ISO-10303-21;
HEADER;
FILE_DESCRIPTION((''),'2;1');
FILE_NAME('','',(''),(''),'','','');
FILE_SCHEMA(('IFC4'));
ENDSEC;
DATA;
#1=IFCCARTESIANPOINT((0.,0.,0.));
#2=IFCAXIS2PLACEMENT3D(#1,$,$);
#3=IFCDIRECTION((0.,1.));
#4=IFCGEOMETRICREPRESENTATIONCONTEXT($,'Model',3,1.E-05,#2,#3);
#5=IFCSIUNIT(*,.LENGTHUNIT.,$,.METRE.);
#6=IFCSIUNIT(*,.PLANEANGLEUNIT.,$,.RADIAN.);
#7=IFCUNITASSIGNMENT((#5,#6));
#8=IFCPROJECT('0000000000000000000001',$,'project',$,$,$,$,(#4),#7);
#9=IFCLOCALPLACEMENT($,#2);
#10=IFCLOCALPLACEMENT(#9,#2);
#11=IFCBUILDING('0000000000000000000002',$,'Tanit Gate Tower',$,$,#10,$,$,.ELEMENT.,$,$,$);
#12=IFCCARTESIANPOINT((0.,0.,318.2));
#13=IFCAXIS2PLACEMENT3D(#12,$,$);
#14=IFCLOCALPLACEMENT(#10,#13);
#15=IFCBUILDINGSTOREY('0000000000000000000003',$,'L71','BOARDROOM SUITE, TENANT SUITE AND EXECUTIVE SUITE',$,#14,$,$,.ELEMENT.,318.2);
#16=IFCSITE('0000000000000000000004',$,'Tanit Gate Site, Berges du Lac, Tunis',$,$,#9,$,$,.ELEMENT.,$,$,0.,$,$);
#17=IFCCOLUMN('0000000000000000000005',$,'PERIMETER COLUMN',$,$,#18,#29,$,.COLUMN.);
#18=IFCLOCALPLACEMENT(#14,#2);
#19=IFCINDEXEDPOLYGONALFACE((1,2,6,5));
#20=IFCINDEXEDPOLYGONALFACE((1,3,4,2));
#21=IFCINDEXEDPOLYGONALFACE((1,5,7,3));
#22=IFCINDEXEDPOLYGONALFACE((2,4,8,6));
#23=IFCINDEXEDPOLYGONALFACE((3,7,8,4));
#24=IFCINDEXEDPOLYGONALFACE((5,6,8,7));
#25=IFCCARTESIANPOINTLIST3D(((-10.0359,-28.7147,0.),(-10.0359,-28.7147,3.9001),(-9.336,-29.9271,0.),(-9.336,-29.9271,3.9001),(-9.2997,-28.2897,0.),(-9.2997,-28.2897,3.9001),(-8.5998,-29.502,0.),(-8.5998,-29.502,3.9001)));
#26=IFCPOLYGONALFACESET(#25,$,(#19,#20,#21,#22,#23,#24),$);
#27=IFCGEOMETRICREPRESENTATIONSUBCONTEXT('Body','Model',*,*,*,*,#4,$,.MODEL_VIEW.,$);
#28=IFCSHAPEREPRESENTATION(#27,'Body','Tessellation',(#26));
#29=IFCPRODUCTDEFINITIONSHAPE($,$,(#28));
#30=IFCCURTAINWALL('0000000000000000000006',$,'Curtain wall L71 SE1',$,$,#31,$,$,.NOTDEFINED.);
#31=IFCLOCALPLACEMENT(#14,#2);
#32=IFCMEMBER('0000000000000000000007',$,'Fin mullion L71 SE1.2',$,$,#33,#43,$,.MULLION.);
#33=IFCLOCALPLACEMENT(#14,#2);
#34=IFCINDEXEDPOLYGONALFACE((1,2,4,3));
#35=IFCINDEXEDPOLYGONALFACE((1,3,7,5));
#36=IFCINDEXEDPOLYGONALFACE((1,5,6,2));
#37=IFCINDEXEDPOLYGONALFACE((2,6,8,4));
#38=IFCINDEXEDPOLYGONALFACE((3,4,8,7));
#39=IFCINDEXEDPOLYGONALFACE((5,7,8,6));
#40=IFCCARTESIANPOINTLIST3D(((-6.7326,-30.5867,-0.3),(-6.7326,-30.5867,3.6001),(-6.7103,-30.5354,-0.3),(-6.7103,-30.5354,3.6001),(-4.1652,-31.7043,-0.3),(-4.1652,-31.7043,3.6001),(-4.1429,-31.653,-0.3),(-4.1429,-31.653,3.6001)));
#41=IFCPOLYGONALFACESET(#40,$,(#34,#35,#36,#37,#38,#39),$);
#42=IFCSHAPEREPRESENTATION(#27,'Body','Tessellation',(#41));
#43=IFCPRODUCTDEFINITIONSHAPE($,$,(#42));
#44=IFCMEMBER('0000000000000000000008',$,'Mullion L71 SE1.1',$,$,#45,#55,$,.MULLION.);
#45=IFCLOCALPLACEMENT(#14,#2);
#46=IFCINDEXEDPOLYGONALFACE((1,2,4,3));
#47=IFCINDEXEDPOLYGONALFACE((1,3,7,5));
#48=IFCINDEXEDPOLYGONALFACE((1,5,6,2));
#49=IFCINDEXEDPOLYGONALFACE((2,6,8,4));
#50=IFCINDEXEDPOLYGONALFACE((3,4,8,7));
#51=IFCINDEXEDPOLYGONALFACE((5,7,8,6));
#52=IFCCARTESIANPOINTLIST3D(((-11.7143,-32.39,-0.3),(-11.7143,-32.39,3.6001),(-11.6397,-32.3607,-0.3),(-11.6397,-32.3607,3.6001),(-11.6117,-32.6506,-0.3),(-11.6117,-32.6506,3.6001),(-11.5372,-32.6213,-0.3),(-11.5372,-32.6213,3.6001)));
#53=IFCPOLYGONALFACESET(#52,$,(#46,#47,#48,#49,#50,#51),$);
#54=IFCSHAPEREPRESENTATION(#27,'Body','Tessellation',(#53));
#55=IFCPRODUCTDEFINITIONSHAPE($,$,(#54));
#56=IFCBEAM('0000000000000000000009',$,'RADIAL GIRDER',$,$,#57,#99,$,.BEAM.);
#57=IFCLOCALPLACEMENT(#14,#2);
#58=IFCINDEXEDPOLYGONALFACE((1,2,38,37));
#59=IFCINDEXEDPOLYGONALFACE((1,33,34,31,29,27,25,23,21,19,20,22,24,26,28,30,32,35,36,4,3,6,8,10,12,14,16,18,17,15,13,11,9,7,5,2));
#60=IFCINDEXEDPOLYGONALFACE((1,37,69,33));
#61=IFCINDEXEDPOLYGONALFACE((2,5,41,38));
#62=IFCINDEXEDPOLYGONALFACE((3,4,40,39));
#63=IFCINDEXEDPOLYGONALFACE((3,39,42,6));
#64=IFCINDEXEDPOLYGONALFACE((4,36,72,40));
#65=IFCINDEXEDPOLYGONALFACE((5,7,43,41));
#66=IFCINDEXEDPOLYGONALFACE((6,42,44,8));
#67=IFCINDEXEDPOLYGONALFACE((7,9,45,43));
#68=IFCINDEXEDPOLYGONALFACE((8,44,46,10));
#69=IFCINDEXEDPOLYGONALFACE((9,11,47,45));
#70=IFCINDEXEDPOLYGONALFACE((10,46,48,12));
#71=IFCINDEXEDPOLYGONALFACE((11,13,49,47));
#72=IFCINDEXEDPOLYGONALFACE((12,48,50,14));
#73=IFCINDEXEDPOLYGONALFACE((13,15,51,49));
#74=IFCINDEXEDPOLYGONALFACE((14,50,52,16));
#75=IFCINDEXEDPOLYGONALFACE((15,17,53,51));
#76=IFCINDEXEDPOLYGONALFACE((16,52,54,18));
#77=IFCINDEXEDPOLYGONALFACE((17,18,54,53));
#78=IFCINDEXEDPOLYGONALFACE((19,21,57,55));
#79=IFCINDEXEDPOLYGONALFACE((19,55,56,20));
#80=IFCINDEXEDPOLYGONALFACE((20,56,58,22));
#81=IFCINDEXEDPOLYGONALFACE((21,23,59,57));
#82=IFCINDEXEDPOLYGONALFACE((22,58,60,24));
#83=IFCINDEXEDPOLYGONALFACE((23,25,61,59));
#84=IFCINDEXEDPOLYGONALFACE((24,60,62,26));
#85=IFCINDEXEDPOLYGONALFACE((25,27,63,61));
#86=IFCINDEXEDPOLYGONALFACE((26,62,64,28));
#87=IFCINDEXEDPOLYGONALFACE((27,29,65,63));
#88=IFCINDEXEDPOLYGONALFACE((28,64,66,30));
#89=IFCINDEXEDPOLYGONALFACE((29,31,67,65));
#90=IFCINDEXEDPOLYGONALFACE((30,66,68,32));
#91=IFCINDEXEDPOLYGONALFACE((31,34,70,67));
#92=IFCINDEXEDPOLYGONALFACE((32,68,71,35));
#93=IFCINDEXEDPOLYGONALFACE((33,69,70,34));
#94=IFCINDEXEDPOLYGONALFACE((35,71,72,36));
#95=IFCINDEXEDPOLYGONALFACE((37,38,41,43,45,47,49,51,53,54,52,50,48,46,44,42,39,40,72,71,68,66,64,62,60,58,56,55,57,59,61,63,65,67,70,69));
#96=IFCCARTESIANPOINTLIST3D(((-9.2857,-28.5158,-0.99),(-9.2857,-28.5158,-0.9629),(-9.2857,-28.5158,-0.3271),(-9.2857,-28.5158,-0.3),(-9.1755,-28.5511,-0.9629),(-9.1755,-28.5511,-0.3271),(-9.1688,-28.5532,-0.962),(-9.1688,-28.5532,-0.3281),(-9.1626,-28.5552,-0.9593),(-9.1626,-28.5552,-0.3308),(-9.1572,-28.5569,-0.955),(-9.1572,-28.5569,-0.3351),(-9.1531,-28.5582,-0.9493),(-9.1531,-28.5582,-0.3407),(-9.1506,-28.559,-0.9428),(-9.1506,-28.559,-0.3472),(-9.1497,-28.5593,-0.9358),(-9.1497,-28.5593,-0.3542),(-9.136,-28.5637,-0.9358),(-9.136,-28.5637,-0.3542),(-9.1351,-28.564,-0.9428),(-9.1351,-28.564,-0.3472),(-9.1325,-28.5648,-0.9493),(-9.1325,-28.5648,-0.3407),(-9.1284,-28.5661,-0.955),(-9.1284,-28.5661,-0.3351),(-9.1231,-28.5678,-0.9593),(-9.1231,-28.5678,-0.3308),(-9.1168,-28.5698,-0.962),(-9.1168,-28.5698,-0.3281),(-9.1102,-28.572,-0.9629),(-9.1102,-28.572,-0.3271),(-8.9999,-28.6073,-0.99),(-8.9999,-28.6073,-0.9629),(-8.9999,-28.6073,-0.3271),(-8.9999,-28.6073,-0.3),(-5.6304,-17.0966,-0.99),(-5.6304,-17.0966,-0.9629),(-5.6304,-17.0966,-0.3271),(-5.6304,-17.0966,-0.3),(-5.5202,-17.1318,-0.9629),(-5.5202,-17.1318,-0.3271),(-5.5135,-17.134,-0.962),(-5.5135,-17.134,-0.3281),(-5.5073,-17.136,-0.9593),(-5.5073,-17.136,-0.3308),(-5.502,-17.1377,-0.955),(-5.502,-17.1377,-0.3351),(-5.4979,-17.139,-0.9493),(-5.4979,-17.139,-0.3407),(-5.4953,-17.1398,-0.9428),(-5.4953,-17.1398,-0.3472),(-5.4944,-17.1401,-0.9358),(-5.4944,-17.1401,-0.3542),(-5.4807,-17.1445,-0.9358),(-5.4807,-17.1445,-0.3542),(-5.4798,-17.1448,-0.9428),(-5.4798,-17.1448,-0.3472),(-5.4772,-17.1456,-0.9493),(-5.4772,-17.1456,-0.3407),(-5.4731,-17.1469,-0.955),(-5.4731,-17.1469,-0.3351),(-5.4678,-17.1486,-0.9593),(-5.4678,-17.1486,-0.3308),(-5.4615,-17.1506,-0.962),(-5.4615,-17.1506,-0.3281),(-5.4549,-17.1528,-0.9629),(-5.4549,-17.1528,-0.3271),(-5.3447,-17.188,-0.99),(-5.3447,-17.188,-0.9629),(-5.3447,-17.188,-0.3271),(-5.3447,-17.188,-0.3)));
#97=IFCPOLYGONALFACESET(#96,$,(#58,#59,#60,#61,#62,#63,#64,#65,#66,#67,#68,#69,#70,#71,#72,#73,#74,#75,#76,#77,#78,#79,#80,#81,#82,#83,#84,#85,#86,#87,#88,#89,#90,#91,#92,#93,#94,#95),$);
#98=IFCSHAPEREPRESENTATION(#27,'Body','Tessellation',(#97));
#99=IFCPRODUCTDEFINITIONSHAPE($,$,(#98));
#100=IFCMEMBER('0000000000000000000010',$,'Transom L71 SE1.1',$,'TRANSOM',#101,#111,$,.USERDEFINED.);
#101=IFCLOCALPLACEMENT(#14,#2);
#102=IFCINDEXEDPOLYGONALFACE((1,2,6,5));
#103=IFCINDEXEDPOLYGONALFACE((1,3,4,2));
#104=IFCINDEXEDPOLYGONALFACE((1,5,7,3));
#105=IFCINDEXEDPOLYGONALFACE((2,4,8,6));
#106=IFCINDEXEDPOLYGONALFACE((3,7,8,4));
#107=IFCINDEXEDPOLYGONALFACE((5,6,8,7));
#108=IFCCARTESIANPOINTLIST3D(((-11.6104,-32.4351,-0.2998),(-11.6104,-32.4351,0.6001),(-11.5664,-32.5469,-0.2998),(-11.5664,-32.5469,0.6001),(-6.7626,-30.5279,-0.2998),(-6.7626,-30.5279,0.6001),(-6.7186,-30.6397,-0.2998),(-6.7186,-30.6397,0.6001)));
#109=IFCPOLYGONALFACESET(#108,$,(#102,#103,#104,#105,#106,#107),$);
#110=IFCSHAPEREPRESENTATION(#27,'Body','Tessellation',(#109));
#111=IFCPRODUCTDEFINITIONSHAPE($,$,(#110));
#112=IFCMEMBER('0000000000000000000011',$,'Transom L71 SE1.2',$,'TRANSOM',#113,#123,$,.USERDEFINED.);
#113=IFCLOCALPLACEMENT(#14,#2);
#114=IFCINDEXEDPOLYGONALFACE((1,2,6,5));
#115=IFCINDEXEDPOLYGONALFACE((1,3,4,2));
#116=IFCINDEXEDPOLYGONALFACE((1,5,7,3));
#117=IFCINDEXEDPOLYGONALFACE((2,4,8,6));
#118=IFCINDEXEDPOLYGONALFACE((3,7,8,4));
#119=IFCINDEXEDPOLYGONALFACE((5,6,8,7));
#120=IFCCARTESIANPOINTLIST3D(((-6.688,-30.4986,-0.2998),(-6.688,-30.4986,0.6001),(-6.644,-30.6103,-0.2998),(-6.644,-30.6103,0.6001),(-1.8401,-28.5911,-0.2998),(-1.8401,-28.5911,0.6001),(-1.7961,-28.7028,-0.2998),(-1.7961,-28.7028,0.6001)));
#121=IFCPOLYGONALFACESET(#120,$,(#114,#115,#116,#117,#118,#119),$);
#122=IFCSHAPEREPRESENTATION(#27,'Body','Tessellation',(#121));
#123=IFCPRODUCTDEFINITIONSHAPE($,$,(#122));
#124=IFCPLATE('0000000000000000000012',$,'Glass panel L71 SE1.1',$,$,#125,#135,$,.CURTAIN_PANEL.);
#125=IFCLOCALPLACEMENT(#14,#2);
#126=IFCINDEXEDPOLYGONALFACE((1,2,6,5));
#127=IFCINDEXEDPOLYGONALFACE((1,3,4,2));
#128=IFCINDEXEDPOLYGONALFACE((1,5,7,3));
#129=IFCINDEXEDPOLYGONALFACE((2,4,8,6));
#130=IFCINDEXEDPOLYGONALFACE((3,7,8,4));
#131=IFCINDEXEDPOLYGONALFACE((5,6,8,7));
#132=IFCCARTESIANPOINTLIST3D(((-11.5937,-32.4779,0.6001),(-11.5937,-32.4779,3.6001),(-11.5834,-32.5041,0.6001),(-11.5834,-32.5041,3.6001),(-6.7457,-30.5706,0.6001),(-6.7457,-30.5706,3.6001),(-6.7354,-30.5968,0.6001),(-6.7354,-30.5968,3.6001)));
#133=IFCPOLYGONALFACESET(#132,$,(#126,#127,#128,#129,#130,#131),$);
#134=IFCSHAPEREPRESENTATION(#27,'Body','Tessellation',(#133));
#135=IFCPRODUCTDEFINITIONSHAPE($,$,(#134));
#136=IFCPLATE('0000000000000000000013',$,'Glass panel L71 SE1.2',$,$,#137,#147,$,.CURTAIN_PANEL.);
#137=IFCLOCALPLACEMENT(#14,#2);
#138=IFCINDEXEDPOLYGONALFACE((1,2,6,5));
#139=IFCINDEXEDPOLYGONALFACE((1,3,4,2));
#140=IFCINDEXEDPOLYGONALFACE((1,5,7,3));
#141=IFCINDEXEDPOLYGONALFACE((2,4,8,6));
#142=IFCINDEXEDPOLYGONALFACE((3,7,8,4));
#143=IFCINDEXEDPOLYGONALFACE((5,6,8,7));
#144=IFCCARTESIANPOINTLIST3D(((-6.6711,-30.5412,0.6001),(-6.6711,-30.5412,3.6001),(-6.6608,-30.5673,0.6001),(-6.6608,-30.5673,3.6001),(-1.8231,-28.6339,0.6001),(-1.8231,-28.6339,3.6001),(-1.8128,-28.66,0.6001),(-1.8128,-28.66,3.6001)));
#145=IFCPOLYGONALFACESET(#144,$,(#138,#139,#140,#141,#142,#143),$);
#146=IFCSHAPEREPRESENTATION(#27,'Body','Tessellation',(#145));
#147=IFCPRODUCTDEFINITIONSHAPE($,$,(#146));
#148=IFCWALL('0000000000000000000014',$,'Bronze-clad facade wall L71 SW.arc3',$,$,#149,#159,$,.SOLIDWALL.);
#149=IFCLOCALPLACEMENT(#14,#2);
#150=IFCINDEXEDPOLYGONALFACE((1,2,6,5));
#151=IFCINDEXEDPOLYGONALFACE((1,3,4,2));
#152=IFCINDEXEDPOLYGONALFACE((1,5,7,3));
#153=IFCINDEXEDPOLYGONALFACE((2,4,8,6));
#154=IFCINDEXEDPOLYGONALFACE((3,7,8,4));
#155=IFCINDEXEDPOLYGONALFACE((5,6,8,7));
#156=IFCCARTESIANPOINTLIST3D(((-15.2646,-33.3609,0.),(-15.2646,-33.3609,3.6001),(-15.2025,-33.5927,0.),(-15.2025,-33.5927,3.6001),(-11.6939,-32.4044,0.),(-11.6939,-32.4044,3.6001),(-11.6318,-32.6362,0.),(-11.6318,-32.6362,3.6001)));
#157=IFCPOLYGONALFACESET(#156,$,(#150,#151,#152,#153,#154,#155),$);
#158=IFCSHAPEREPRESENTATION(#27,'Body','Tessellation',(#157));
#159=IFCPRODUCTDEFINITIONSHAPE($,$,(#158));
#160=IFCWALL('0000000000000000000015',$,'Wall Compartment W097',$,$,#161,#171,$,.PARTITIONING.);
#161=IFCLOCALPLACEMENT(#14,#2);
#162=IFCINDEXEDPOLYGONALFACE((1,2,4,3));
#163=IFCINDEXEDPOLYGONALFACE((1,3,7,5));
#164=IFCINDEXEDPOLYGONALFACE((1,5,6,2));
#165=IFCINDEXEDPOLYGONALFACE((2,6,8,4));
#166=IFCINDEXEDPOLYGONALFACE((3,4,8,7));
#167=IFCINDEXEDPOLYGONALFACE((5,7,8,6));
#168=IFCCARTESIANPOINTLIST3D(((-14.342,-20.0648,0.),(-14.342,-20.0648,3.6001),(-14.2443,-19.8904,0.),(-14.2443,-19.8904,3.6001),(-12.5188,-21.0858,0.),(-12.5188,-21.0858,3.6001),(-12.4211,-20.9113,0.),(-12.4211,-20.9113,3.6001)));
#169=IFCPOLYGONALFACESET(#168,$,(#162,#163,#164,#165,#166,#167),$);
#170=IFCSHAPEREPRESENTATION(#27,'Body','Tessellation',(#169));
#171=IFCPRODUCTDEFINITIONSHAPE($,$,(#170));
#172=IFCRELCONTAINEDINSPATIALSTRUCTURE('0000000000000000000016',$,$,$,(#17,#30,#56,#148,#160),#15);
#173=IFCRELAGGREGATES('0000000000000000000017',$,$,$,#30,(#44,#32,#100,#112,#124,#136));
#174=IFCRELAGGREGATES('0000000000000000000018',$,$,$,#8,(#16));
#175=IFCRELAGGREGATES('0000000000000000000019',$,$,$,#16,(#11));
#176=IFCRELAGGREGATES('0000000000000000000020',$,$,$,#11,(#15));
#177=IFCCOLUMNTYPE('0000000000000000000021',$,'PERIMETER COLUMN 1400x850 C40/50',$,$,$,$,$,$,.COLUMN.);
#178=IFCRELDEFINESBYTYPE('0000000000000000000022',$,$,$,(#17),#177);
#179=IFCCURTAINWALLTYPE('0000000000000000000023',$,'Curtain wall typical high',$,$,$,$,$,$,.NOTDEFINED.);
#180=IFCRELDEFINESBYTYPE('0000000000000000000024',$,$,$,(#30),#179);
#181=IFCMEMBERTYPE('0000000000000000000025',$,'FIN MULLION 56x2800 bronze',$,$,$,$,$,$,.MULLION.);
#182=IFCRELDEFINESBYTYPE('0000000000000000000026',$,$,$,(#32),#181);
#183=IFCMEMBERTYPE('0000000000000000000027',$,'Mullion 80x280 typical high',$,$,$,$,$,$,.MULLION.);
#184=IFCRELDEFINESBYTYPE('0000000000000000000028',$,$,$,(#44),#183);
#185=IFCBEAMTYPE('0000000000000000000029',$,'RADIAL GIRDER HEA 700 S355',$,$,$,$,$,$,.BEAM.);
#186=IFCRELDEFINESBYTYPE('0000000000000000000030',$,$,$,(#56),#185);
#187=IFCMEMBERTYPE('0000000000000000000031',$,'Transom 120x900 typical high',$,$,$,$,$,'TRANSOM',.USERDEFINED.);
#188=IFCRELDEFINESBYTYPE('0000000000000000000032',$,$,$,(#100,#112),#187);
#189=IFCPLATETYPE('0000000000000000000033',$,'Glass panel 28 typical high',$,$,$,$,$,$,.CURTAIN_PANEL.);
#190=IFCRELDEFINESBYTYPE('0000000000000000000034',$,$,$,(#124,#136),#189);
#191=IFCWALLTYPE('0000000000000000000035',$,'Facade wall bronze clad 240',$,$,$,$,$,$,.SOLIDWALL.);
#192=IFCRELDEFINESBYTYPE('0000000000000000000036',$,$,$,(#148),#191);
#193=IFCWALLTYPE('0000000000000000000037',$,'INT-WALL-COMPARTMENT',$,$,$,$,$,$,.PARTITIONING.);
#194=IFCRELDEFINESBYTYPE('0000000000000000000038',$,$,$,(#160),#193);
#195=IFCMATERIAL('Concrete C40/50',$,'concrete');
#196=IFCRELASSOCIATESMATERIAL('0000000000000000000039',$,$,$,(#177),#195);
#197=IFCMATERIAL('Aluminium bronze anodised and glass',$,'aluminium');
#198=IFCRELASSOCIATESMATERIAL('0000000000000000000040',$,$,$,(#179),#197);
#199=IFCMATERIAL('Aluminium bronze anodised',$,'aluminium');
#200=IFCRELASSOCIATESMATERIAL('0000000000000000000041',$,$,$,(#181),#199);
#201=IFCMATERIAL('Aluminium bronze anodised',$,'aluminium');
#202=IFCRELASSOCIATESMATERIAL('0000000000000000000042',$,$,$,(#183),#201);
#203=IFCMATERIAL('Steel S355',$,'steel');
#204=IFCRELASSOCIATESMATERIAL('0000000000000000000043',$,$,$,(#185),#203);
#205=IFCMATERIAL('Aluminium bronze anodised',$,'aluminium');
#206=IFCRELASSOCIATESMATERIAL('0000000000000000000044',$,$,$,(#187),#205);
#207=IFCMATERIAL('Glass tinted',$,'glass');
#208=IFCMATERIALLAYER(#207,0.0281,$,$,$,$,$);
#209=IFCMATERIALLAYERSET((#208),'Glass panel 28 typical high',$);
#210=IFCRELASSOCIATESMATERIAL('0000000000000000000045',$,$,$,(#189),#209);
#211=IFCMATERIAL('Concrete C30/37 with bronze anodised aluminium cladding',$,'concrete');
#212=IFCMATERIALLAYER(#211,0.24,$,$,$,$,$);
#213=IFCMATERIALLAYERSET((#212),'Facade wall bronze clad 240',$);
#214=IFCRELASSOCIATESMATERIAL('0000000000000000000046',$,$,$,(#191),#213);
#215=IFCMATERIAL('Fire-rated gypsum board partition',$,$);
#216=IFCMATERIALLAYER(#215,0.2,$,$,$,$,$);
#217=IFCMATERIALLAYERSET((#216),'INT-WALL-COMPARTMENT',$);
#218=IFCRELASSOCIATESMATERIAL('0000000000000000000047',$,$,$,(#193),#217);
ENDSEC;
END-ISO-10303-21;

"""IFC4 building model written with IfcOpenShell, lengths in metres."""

from ifc_helpers import new_model, si_unit, direction, frame, frame_2d, origin, origin_2d, place, context, subcontext, project, spatial, rectangle, i_section, extrude, material, layer, layer_set, material_profile, profile_set, type_object, element, aggregate, save


model = new_model("IFC4")

# Units and contexts
model_context = context("Model", 3, precision=1e-05, world=origin(), true_north=direction((0.0, 1.0)))
body_context = subcontext(model_context, "Body", "Model", "MODEL_VIEW")
ifc_project = project(units=[si_unit("LENGTHUNIT", "METRE"), si_unit("PLANEANGLEUNIT", "RADIAN")], contexts=[model_context])

# Site, building, storey
site_placement = place(None, origin())
site = spatial("IfcSite", under=ifc_project, at=site_placement, Name="Tanit Gate Site, Berges du Lac, Tunis", CompositionType="ELEMENT", RefElevation=0.0)
building_placement = place(site_placement, origin())
building = spatial("IfcBuilding", under=site, at=building_placement, Name="Tanit Gate Tower", CompositionType="ELEMENT")
storey_placement = place(building_placement, frame((0.0, 0.0, 318.2)))
storey = spatial("IfcBuildingStorey", under=building, at=storey_placement, Name="L71", Description="BOARDROOM SUITE, TENANT SUITE AND EXECUTIVE SUITE", CompositionType="ELEMENT", Elevation=318.2)

# Column
ifc_material_1 = material(Name="Concrete C40/50", Category="concrete")
ifc_material_profile_1 = material_profile(ifc_material_1, rectangle(XDim=1.3999, YDim=0.8501, at=origin_2d()), Name="RC 1400x850")
ifc_profile_set_1 = profile_set([ifc_material_profile_1], Name="Concrete C40/50")
column_type = type_object("IfcColumnType", Name="PERIMETER COLUMN 1400x850 C40/50", PredefinedType="COLUMN", material=ifc_profile_set_1)
column_placement = place(storey_placement, frame((-9.3179, -29.1084, 0.0), z_axis=(0.0, 0.0, 1.0), x_axis=(0.5, -0.866025, 0.0)))
element("IfcColumn", 1, at=column_placement, inside=storey, type_object=column_type, Name="PERIMETER COLUMN", PredefinedType="COLUMN", context=body_context, shape_type="SweptSolid", body=[
    extrude(rectangle(XDim=1.3999, YDim=0.8501, at=origin_2d()), origin(), (0.0, 0.0, 1.0), 3.9001),
])

# Curtain wall, members
ifc_material_2 = material(Name="Aluminium bronze anodised and glass", Category="aluminium")
curtain_wall_type = type_object("IfcCurtainWallType", Name="Curtain wall typical high", PredefinedType="NOTDEFINED", material=ifc_material_2)
curtain_wall_placement = place(storey_placement, origin())
curtain_wall = element("IfcCurtainWall", 2, at=curtain_wall_placement, inside=storey, type_object=curtain_wall_type, Name="Curtain wall L71 SE1", PredefinedType="NOTDEFINED")
ifc_material_3 = material(Name="Aluminium bronze anodised", Category="aluminium")
ifc_material_profile_2 = material_profile(ifc_material_3, rectangle(XDim=2.8, YDim=0.0559, at=origin_2d()), Name="56x2800 bronze fin mullion")
ifc_profile_set_2 = profile_set([ifc_material_profile_2], Name="Aluminium bronze anodised")
member_type_1 = type_object("IfcMemberType", Name="FIN MULLION 56x2800 bronze", PredefinedType="MULLION", material=ifc_profile_set_2)
member_1_placement = place(storey_placement, frame((-5.4377, -31.1199, -0.3), z_axis=(0.0, 0.0, 1.0), x_axis=(-0.916891, 0.399138, 0.0)))
member_1 = element("IfcMember", 3, at=member_1_placement, type_object=member_type_1, Name="Fin mullion L71 SE1.2", PredefinedType="MULLION", context=body_context, shape_type="SweptSolid", body=[
    extrude(rectangle(XDim=2.8, YDim=0.0559, at=origin_2d()), origin(), (0.0, 0.0, 1.0), 3.9001),
])
ifc_material_4 = material(Name="Aluminium bronze anodised", Category="aluminium")
ifc_material_profile_3 = material_profile(ifc_material_4, rectangle(XDim=0.28, YDim=0.0801, at=origin_2d()), Name="80x280 bronze mullion")
ifc_profile_set_3 = profile_set([ifc_material_profile_3], Name="Aluminium bronze anodised")
member_type_2 = type_object("IfcMemberType", Name="Mullion 80x280 typical high", PredefinedType="MULLION", material=ifc_profile_set_3)
member_2_placement = place(storey_placement, frame((-11.6257, -32.5056, -0.3), z_axis=(0.0, 0.0, 1.0), x_axis=(-0.366106, 0.930573, 0.0)))
member_2 = element("IfcMember", 4, at=member_2_placement, type_object=member_type_2, Name="Mullion L71 SE1.1", PredefinedType="MULLION", context=body_context, shape_type="SweptSolid", body=[
    extrude(rectangle(XDim=0.28, YDim=0.0801, at=origin_2d()), origin(), (0.0, 0.0, 1.0), 3.9001),
])

# Beam
ifc_material_5 = material(Name="Steel S355", Category="steel")
ifc_material_profile_4 = material_profile(ifc_material_5, i_section(OverallWidth=0.3, OverallDepth=0.6899, WebThickness=0.0144, FlangeThickness=0.0271, FilletRadius=0.0271, at=origin_2d()), Name="HEA 700")
ifc_profile_set_4 = profile_set([ifc_material_profile_4], Name="Steel S355")
beam_type = type_object("IfcBeamType", Name="RADIAL GIRDER HEA 700 S355", PredefinedType="BEAM", material=ifc_profile_set_4)
beam_placement = place(storey_placement, frame((-9.1428, -28.5615, -0.645), z_axis=(0.304861, 0.952397, 0.0), x_axis=(-0.952397, 0.304861, 0.0)))
element("IfcBeam", 5, at=beam_placement, inside=storey, type_object=beam_type, Name="RADIAL GIRDER", PredefinedType="BEAM", context=body_context, shape_type="SweptSolid", body=[
    extrude(i_section(OverallWidth=0.3, OverallDepth=0.6899, WebThickness=0.0144, FlangeThickness=0.0271, FilletRadius=0.0271, at=origin_2d()), origin(), (0.0, 0.0, 1.0), 11.99),
])

# Members
ifc_material_6 = material(Name="Aluminium bronze anodised", Category="aluminium")
ifc_material_profile_5 = material_profile(ifc_material_6, rectangle(XDim=0.1201, YDim=0.8999, at=origin_2d()), Name="120x900 bronze transom")
ifc_profile_set_5 = profile_set([ifc_material_profile_5], Name="Aluminium bronze anodised")
member_type_3 = type_object("IfcMemberType", Name="Transom 120x900 typical high", ElementType="TRANSOM", PredefinedType="USERDEFINED", material=ifc_profile_set_5)
member_3_placement = place(storey_placement, frame((-11.5884, -32.491, 0.1501), z_axis=(0.930575, 0.3661, 0.0), x_axis=(-0.3661, 0.930575, 0.0)))
member_3 = element("IfcMember", 6, at=member_3_placement, type_object=member_type_3, Name="Transom L71 SE1.1", ObjectType="TRANSOM", PredefinedType="USERDEFINED", context=body_context, shape_type="SweptSolid", body=[
    extrude(rectangle(XDim=0.1201, YDim=0.8999, at=origin_2d()), origin(), (0.0, 0.0, 1.0), 5.2095),
])
member_4_placement = place(storey_placement, frame((-6.666, -30.5544, 0.1501), z_axis=(0.930559, 0.366141, 0.0), x_axis=(-0.366141, 0.930559, 0.0)))
member_4 = element("IfcMember", 7, at=member_4_placement, type_object=member_type_3, Name="Transom L71 SE1.2", ObjectType="TRANSOM", PredefinedType="USERDEFINED", context=body_context, shape_type="SweptSolid", body=[
    extrude(rectangle(XDim=0.1201, YDim=0.8999, at=origin_2d()), origin(), (0.0, 0.0, 1.0), 5.2097),
])

# Plates
ifc_material_7 = material(Name="Glass tinted", Category="glass")
ifc_layer_1 = layer(ifc_material_7, 0.0281)
ifc_layer_set_1 = layer_set([ifc_layer_1], Name="Glass panel 28 typical high")
plate_type = type_object("IfcPlateType", Name="Glass panel 28 typical high", PredefinedType="CURTAIN_PANEL", material=ifc_layer_set_1)
plate_1_placement = place(storey_placement, frame((-9.1646, -31.5374, 0.6001), z_axis=(0.0, 0.0, 1.0), x_axis=(0.930573, 0.366106, 0.0)))
plate_1 = element("IfcPlate", 8, at=plate_1_placement, type_object=plate_type, Name="Glass panel L71 SE1.1", PredefinedType="CURTAIN_PANEL", context=body_context, shape_type="SweptSolid", body=[
    extrude(rectangle(XDim=5.2097, YDim=0.0281, at=origin_2d()), origin(), (0.0, 0.0, 1.0), 3.0),
])
plate_2_placement = place(storey_placement, frame((-4.2419, -29.6006, 0.6001), z_axis=(0.0, 0.0, 1.0), x_axis=(0.930573, 0.366106, 0.0)))
plate_2 = element("IfcPlate", 9, at=plate_2_placement, type_object=plate_type, Name="Glass panel L71 SE1.2", PredefinedType="CURTAIN_PANEL", context=body_context, shape_type="SweptSolid", body=[
    extrude(rectangle(XDim=5.2097, YDim=0.0281, at=origin_2d()), origin(), (0.0, 0.0, 1.0), 3.0),
])
aggregate(curtain_wall, [member_2, member_1, member_3, member_4, plate_1, plate_2])

# Walls
ifc_material_8 = material(Name="Concrete C30/37 with bronze anodised aluminium cladding", Category="concrete")
ifc_layer_2 = layer(ifc_material_8, 0.24)
ifc_layer_set_2 = layer_set([ifc_layer_2], Name="Facade wall bronze clad 240")
wall_type_1 = type_object("IfcWallType", Name="Facade wall bronze clad 240", PredefinedType="SOLIDWALL", material=ifc_layer_set_2)
wall_1_placement = place(storey_placement, frame((-15.2334, -33.4768, 0.0), z_axis=(0.0, 0.0, 1.0), x_axis=(0.965938, 0.258772, 0.0)))
element("IfcWall", 10, at=wall_1_placement, inside=storey, type_object=wall_type_1, Name="Bronze-clad facade wall L71 SW.arc3", PredefinedType="SOLIDWALL", context=body_context, shape_type="SweptSolid", body=[
    extrude(rectangle(XDim=3.6965, YDim=0.24, at=frame_2d((1.8481, 0.0))), origin(), (0.0, 0.0, 1.0), 3.6001),
])
ifc_material_9 = material(Name="Fire-rated gypsum board partition")
ifc_layer_3 = layer(ifc_material_9, 0.2)
ifc_layer_set_3 = layer_set([ifc_layer_3], Name="INT-WALL-COMPARTMENT")
wall_type_2 = type_object("IfcWallType", Name="INT-WALL-COMPARTMENT", PredefinedType="PARTITIONING", material=ifc_layer_set_3)
wall_2_placement = place(storey_placement, frame((-14.2932, -19.9775, 0.0), z_axis=(0.0, 0.0, 1.0), x_axis=(0.87251, -0.488596, 0.0)))
element("IfcWall", 11, at=wall_2_placement, inside=storey, type_object=wall_type_2, Name="Wall Compartment W097", PredefinedType="PARTITIONING", context=body_context, shape_type="SweptSolid", body=[
    extrude(rectangle(XDim=2.0896, YDim=0.2, at=frame_2d((1.0449, 0.0))), origin(), (0.0, 0.0, 1.0), 3.6001),
])

save(model, "model.ifc")
